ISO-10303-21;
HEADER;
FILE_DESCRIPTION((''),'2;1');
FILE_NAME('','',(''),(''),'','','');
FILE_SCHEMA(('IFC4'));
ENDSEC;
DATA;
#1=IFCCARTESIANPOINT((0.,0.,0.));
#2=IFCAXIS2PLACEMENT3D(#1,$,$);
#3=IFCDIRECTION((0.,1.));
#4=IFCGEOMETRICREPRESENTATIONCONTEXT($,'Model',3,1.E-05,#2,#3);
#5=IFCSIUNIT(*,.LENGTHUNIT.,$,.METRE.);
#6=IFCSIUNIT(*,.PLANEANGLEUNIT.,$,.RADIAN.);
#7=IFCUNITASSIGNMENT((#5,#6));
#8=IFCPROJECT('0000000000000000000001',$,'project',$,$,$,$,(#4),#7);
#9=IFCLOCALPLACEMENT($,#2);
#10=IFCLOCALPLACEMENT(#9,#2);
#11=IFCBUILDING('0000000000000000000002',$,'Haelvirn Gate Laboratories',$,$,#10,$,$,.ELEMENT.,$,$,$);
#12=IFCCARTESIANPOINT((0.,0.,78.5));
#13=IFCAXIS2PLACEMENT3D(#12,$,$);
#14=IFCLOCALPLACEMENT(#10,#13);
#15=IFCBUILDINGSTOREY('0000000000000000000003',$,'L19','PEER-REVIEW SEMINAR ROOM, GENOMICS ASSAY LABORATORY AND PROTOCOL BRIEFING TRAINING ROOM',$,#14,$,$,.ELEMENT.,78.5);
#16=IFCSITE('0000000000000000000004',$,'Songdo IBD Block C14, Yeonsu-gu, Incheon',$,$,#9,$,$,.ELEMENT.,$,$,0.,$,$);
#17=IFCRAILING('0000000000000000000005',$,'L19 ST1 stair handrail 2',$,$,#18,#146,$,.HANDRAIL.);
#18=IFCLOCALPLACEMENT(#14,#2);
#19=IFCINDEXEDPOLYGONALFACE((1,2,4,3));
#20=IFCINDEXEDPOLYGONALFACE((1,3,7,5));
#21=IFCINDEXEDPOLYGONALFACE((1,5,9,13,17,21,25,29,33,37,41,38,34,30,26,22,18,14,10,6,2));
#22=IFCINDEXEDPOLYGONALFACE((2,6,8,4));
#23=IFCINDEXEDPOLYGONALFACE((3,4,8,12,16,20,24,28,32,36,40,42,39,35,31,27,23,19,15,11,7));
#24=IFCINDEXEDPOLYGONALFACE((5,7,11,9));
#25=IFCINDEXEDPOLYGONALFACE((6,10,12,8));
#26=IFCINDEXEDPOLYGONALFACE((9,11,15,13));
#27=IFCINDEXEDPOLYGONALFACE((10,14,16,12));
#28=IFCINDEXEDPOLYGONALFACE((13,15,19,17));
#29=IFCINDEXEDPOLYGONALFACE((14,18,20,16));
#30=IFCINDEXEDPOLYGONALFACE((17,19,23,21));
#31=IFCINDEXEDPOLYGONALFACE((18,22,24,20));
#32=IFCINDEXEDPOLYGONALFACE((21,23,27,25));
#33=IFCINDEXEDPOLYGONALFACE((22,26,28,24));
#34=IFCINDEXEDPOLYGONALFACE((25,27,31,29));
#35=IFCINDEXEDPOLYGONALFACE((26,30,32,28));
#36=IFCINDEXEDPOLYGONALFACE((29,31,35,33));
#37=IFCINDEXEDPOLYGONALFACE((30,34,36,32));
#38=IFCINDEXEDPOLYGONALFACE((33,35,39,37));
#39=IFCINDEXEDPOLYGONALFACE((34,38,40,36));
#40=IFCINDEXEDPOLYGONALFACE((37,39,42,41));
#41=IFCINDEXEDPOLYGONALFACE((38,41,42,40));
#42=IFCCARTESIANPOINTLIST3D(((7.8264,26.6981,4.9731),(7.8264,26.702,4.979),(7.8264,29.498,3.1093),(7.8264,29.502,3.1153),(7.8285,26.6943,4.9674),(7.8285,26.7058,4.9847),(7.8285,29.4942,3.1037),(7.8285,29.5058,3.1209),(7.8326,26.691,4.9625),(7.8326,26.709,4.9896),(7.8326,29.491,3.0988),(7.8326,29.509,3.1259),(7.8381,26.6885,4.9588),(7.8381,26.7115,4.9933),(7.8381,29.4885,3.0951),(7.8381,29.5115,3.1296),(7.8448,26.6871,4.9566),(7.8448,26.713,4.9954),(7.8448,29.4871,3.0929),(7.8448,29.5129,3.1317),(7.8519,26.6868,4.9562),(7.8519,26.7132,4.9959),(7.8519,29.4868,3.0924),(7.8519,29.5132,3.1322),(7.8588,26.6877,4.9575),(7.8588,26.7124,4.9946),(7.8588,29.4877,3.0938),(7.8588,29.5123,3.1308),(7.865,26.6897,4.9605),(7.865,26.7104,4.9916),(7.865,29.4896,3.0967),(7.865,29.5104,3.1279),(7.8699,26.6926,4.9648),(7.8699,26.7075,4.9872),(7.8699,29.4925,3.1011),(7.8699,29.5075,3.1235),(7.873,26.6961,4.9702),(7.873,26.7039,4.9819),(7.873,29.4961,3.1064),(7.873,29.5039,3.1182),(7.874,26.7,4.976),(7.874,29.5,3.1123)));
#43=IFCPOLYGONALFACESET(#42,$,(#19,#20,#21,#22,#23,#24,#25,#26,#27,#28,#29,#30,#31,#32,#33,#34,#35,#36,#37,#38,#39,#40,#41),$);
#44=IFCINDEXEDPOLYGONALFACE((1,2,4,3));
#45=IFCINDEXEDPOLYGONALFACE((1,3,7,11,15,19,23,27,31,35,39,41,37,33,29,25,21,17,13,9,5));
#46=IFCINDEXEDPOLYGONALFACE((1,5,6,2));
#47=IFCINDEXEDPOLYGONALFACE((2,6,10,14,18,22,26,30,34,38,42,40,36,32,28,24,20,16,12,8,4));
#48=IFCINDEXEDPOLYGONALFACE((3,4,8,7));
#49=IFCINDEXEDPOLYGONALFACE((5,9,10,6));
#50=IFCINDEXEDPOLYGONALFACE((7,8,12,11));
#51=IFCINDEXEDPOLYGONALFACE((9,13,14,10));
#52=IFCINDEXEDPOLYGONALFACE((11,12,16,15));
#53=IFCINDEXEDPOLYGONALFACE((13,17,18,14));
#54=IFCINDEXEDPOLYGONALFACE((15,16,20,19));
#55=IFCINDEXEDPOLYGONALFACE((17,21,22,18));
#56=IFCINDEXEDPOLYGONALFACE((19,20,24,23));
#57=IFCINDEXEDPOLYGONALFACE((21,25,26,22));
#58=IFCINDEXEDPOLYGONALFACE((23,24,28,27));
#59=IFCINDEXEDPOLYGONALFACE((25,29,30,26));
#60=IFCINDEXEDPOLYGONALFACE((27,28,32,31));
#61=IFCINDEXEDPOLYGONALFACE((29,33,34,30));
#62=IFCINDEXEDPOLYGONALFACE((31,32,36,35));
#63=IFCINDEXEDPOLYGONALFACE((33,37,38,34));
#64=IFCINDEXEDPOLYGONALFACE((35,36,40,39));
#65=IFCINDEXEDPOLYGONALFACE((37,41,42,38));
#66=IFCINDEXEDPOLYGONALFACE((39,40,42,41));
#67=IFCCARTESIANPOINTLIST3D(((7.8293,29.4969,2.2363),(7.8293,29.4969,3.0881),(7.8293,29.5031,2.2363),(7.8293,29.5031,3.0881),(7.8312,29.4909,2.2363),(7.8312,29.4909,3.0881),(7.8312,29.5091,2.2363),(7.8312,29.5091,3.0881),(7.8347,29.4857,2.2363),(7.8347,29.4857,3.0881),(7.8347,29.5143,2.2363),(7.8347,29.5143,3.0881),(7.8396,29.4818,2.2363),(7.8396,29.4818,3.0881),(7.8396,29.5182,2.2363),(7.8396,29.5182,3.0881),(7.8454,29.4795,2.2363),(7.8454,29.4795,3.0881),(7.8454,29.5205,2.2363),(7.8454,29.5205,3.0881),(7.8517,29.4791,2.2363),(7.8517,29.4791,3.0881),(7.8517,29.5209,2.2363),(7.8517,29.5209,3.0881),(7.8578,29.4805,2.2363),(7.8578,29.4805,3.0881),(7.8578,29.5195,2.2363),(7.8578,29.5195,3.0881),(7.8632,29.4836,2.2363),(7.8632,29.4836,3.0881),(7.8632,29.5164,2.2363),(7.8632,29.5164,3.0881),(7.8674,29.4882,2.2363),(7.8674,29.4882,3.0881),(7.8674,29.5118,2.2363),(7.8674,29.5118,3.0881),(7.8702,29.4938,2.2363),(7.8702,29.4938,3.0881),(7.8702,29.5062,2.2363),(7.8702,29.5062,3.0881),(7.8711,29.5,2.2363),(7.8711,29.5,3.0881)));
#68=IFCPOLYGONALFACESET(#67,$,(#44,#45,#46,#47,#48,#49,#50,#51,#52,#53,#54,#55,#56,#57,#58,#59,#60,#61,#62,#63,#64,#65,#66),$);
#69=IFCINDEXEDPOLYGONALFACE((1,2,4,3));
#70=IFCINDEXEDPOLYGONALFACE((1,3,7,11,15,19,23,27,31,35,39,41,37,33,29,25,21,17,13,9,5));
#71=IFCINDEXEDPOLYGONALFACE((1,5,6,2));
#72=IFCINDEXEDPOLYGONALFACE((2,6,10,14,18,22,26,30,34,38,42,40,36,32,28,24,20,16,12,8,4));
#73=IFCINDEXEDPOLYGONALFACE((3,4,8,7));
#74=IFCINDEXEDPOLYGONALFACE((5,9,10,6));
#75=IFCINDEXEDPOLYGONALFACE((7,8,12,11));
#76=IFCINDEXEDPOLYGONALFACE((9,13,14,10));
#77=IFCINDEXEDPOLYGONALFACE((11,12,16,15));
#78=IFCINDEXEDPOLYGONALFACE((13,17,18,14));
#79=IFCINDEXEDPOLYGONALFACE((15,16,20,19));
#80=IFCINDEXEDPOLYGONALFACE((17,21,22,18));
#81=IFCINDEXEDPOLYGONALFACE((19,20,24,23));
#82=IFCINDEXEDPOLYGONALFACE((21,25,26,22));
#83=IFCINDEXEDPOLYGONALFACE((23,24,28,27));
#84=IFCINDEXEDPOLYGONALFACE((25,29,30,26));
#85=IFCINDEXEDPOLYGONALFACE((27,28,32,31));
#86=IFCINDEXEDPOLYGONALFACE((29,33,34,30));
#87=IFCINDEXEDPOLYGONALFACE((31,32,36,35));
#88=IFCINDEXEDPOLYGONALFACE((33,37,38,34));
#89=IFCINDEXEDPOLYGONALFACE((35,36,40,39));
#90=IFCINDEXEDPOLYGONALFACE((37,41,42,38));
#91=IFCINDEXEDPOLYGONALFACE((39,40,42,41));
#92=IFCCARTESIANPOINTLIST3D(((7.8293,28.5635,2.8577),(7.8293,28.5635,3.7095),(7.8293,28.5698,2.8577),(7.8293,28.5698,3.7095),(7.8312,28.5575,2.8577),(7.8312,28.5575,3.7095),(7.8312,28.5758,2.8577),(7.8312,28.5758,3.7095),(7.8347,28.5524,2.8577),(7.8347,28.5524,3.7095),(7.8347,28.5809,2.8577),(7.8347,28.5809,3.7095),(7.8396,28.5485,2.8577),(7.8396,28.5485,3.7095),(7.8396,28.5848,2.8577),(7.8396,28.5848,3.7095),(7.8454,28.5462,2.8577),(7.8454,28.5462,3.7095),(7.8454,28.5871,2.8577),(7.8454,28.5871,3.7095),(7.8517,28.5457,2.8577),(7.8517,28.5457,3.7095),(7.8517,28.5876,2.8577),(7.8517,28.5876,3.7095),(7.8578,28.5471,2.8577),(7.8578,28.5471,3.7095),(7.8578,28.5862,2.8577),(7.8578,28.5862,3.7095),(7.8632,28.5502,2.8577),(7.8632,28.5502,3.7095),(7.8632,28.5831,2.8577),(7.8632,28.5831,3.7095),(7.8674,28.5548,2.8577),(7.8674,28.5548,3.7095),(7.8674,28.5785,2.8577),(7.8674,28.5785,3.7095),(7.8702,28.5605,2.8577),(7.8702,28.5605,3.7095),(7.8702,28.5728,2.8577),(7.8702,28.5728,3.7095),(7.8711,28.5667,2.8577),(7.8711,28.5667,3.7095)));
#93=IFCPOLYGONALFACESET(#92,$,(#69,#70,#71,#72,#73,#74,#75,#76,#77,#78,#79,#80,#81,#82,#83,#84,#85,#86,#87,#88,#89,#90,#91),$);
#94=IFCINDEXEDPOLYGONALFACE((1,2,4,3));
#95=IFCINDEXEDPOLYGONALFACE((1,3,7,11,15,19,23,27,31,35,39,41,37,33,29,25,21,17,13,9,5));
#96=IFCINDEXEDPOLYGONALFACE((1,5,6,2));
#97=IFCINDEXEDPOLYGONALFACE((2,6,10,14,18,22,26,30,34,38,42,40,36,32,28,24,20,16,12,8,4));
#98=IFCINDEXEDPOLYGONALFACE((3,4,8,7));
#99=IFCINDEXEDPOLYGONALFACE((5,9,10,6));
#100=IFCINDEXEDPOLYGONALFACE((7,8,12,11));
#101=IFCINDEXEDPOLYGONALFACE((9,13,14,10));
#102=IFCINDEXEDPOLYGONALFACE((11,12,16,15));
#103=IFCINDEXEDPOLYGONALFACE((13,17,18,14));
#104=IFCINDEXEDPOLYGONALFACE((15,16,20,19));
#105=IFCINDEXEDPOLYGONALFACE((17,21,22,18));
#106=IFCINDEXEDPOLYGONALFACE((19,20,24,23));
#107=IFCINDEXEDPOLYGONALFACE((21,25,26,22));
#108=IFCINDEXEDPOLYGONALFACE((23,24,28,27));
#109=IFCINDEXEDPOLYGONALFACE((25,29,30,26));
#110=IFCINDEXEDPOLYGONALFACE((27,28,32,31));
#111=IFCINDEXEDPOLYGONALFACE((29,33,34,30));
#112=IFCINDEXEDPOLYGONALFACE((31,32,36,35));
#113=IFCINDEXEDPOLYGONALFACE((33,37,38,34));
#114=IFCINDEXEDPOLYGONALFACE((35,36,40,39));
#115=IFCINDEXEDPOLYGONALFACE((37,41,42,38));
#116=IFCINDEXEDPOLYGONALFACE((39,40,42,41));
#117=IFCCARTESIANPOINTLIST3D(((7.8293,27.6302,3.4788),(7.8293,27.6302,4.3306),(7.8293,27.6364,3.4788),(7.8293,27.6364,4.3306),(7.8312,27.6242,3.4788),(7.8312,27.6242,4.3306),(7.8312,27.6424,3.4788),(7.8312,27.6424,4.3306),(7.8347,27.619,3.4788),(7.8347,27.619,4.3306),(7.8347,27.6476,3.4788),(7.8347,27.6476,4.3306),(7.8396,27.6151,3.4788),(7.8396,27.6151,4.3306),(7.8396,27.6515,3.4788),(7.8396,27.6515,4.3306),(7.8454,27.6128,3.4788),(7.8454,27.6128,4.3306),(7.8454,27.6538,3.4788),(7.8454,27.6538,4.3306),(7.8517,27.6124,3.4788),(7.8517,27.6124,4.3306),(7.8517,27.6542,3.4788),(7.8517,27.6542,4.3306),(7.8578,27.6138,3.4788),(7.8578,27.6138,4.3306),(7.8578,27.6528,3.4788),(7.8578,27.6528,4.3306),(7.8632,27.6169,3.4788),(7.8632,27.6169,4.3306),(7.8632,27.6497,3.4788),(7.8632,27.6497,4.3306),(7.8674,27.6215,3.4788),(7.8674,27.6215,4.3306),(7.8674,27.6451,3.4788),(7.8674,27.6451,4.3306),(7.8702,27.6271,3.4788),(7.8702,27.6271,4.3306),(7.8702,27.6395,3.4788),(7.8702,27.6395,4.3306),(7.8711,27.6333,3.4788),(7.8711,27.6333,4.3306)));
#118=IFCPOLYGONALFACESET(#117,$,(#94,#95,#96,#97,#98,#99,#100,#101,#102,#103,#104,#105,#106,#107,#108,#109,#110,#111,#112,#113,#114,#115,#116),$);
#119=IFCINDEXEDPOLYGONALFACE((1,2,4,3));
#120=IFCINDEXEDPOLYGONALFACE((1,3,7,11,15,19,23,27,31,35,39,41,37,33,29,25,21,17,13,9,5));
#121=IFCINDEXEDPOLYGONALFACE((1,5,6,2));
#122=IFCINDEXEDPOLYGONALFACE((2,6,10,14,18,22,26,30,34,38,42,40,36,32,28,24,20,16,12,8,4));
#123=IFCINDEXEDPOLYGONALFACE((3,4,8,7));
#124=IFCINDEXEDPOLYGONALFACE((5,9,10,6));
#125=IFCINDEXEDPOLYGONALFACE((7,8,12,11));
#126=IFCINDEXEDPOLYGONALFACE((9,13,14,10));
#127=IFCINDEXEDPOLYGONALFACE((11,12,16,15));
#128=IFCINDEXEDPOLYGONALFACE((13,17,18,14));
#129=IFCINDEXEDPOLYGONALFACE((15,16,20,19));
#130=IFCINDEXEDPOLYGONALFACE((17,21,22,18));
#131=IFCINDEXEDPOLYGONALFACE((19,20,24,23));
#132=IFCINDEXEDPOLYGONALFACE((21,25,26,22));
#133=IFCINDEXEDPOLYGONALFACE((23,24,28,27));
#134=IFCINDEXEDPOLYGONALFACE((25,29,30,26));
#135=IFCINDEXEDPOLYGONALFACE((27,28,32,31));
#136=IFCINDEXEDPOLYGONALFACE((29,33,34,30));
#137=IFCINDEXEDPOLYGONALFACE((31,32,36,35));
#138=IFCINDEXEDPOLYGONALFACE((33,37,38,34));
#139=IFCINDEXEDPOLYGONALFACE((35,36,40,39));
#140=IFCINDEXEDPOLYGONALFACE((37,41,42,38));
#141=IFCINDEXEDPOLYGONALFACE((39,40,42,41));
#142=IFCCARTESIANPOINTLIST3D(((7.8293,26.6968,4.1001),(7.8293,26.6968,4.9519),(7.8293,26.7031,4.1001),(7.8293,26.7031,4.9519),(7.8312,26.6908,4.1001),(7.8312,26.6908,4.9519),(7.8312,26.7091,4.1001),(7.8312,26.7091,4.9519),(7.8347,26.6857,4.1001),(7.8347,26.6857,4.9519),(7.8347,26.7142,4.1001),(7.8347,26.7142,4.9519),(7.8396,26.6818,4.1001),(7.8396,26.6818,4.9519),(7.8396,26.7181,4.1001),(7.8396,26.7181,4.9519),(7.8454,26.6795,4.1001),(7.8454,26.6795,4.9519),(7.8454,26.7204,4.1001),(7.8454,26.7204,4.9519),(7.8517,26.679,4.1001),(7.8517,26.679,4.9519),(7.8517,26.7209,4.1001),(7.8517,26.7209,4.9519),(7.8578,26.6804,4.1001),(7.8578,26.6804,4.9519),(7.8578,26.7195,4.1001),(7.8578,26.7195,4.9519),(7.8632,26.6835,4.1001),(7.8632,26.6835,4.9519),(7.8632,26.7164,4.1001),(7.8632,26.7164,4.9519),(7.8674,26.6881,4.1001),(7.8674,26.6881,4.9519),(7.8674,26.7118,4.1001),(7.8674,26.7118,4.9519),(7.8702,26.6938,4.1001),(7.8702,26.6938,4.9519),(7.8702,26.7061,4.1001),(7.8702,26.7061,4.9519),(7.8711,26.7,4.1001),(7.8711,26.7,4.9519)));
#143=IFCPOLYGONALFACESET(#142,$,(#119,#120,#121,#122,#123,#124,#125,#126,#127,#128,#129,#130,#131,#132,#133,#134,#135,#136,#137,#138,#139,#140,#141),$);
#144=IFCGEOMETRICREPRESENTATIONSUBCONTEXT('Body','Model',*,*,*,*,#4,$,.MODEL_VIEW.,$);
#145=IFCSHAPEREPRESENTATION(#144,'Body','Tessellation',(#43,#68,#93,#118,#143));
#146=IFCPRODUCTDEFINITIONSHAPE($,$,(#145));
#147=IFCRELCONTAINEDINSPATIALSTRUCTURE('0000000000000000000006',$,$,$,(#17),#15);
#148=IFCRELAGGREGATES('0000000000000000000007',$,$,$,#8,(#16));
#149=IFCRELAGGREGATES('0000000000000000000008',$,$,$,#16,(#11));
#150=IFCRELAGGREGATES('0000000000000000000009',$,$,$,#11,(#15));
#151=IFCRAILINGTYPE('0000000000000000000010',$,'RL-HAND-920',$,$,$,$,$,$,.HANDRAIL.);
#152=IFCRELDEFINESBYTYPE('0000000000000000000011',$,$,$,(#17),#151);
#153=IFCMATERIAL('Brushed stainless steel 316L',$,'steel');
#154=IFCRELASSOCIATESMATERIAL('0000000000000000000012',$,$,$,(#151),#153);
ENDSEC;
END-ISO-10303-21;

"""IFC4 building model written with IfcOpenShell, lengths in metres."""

from ifc_helpers import new_model, si_unit, direction, frame, origin, origin_2d, place, context, subcontext, project, spatial, circle, extrude, source, transform, mapped, material, type_object, type_shapes, element, save


model = new_model("IFC4")

# Units and contexts
model_context = context("Model", 3, precision=1e-05, world=origin(), true_north=direction((0.0, 1.0)))
body_context = subcontext(model_context, "Body", "Model", "MODEL_VIEW")
ifc_project = project(units=[si_unit("LENGTHUNIT", "METRE"), si_unit("PLANEANGLEUNIT", "RADIAN")], contexts=[model_context])

# Site, building, storey
site_placement = place(None, origin())
site = spatial("IfcSite", under=ifc_project, at=site_placement, Name="Songdo IBD Block C14, Yeonsu-gu, Incheon", CompositionType="ELEMENT", RefElevation=0.0)
building_placement = place(site_placement, origin())
building = spatial("IfcBuilding", under=site, at=building_placement, Name="Haelvirn Gate Laboratories", CompositionType="ELEMENT")
storey_placement = place(building_placement, frame((0.0, 0.0, 78.5)))
storey = spatial("IfcBuildingStorey", under=building, at=storey_placement, Name="L19", Description="PEER-REVIEW SEMINAR ROOM, GENOMICS ASSAY LABORATORY AND PROTOCOL BRIEFING TRAINING ROOM", CompositionType="ELEMENT", Elevation=78.5)

# Railing
ifc_material_1 = material(Name="Brushed stainless steel 316L", Category="steel")
railing_type_1 = type_object("IfcRailingType", Name="RL-HAND-920", PredefinedType="HANDRAIL", material=ifc_material_1)
shared_shape_1 = source(origin(), body_context, "Body", "SweptSolid", [
    extrude(circle(Radius=0.0239, at=origin_2d()), frame((0.0, 0.0, 0.876), z_axis=(0.0, -0.832452, 0.554097), x_axis=(1.0, 0.0, 0.0)), (0.0, 0.0, 1.0), 3.3635),
    extrude(circle(Radius=0.021, at=origin_2d()), origin(), (0.0, 0.0, 1.0), 0.8518),
    extrude(circle(Radius=0.021, at=origin_2d()), frame((0.0, -0.9333, 0.6213)), (0.0, 0.0, 1.0), 0.8518),
    extrude(circle(Radius=0.021, at=origin_2d()), frame((0.0, -1.8667, 1.2424)), (0.0, 0.0, 1.0), 0.8518),
    extrude(circle(Radius=0.021, at=origin_2d()), frame((0.0, -2.8, 1.8638)), (0.0, 0.0, 1.0), 0.8518),
])
type_shapes(railing_type_1, [shared_shape_1])
railing_1_placement = place(storey_placement, frame((7.8501, 29.5, 2.2363)))
element("IfcRailing", 1, at=railing_1_placement, inside=storey, type_object=railing_type_1, Name="L19 ST1 stair handrail 2", PredefinedType="HANDRAIL", context=body_context, shape_type="MappedRepresentation", body=[
    mapped(shared_shape_1, transform((0.0, 0.0, 0.0), scale=1.0)),
])

save(model, "model.ifc")
